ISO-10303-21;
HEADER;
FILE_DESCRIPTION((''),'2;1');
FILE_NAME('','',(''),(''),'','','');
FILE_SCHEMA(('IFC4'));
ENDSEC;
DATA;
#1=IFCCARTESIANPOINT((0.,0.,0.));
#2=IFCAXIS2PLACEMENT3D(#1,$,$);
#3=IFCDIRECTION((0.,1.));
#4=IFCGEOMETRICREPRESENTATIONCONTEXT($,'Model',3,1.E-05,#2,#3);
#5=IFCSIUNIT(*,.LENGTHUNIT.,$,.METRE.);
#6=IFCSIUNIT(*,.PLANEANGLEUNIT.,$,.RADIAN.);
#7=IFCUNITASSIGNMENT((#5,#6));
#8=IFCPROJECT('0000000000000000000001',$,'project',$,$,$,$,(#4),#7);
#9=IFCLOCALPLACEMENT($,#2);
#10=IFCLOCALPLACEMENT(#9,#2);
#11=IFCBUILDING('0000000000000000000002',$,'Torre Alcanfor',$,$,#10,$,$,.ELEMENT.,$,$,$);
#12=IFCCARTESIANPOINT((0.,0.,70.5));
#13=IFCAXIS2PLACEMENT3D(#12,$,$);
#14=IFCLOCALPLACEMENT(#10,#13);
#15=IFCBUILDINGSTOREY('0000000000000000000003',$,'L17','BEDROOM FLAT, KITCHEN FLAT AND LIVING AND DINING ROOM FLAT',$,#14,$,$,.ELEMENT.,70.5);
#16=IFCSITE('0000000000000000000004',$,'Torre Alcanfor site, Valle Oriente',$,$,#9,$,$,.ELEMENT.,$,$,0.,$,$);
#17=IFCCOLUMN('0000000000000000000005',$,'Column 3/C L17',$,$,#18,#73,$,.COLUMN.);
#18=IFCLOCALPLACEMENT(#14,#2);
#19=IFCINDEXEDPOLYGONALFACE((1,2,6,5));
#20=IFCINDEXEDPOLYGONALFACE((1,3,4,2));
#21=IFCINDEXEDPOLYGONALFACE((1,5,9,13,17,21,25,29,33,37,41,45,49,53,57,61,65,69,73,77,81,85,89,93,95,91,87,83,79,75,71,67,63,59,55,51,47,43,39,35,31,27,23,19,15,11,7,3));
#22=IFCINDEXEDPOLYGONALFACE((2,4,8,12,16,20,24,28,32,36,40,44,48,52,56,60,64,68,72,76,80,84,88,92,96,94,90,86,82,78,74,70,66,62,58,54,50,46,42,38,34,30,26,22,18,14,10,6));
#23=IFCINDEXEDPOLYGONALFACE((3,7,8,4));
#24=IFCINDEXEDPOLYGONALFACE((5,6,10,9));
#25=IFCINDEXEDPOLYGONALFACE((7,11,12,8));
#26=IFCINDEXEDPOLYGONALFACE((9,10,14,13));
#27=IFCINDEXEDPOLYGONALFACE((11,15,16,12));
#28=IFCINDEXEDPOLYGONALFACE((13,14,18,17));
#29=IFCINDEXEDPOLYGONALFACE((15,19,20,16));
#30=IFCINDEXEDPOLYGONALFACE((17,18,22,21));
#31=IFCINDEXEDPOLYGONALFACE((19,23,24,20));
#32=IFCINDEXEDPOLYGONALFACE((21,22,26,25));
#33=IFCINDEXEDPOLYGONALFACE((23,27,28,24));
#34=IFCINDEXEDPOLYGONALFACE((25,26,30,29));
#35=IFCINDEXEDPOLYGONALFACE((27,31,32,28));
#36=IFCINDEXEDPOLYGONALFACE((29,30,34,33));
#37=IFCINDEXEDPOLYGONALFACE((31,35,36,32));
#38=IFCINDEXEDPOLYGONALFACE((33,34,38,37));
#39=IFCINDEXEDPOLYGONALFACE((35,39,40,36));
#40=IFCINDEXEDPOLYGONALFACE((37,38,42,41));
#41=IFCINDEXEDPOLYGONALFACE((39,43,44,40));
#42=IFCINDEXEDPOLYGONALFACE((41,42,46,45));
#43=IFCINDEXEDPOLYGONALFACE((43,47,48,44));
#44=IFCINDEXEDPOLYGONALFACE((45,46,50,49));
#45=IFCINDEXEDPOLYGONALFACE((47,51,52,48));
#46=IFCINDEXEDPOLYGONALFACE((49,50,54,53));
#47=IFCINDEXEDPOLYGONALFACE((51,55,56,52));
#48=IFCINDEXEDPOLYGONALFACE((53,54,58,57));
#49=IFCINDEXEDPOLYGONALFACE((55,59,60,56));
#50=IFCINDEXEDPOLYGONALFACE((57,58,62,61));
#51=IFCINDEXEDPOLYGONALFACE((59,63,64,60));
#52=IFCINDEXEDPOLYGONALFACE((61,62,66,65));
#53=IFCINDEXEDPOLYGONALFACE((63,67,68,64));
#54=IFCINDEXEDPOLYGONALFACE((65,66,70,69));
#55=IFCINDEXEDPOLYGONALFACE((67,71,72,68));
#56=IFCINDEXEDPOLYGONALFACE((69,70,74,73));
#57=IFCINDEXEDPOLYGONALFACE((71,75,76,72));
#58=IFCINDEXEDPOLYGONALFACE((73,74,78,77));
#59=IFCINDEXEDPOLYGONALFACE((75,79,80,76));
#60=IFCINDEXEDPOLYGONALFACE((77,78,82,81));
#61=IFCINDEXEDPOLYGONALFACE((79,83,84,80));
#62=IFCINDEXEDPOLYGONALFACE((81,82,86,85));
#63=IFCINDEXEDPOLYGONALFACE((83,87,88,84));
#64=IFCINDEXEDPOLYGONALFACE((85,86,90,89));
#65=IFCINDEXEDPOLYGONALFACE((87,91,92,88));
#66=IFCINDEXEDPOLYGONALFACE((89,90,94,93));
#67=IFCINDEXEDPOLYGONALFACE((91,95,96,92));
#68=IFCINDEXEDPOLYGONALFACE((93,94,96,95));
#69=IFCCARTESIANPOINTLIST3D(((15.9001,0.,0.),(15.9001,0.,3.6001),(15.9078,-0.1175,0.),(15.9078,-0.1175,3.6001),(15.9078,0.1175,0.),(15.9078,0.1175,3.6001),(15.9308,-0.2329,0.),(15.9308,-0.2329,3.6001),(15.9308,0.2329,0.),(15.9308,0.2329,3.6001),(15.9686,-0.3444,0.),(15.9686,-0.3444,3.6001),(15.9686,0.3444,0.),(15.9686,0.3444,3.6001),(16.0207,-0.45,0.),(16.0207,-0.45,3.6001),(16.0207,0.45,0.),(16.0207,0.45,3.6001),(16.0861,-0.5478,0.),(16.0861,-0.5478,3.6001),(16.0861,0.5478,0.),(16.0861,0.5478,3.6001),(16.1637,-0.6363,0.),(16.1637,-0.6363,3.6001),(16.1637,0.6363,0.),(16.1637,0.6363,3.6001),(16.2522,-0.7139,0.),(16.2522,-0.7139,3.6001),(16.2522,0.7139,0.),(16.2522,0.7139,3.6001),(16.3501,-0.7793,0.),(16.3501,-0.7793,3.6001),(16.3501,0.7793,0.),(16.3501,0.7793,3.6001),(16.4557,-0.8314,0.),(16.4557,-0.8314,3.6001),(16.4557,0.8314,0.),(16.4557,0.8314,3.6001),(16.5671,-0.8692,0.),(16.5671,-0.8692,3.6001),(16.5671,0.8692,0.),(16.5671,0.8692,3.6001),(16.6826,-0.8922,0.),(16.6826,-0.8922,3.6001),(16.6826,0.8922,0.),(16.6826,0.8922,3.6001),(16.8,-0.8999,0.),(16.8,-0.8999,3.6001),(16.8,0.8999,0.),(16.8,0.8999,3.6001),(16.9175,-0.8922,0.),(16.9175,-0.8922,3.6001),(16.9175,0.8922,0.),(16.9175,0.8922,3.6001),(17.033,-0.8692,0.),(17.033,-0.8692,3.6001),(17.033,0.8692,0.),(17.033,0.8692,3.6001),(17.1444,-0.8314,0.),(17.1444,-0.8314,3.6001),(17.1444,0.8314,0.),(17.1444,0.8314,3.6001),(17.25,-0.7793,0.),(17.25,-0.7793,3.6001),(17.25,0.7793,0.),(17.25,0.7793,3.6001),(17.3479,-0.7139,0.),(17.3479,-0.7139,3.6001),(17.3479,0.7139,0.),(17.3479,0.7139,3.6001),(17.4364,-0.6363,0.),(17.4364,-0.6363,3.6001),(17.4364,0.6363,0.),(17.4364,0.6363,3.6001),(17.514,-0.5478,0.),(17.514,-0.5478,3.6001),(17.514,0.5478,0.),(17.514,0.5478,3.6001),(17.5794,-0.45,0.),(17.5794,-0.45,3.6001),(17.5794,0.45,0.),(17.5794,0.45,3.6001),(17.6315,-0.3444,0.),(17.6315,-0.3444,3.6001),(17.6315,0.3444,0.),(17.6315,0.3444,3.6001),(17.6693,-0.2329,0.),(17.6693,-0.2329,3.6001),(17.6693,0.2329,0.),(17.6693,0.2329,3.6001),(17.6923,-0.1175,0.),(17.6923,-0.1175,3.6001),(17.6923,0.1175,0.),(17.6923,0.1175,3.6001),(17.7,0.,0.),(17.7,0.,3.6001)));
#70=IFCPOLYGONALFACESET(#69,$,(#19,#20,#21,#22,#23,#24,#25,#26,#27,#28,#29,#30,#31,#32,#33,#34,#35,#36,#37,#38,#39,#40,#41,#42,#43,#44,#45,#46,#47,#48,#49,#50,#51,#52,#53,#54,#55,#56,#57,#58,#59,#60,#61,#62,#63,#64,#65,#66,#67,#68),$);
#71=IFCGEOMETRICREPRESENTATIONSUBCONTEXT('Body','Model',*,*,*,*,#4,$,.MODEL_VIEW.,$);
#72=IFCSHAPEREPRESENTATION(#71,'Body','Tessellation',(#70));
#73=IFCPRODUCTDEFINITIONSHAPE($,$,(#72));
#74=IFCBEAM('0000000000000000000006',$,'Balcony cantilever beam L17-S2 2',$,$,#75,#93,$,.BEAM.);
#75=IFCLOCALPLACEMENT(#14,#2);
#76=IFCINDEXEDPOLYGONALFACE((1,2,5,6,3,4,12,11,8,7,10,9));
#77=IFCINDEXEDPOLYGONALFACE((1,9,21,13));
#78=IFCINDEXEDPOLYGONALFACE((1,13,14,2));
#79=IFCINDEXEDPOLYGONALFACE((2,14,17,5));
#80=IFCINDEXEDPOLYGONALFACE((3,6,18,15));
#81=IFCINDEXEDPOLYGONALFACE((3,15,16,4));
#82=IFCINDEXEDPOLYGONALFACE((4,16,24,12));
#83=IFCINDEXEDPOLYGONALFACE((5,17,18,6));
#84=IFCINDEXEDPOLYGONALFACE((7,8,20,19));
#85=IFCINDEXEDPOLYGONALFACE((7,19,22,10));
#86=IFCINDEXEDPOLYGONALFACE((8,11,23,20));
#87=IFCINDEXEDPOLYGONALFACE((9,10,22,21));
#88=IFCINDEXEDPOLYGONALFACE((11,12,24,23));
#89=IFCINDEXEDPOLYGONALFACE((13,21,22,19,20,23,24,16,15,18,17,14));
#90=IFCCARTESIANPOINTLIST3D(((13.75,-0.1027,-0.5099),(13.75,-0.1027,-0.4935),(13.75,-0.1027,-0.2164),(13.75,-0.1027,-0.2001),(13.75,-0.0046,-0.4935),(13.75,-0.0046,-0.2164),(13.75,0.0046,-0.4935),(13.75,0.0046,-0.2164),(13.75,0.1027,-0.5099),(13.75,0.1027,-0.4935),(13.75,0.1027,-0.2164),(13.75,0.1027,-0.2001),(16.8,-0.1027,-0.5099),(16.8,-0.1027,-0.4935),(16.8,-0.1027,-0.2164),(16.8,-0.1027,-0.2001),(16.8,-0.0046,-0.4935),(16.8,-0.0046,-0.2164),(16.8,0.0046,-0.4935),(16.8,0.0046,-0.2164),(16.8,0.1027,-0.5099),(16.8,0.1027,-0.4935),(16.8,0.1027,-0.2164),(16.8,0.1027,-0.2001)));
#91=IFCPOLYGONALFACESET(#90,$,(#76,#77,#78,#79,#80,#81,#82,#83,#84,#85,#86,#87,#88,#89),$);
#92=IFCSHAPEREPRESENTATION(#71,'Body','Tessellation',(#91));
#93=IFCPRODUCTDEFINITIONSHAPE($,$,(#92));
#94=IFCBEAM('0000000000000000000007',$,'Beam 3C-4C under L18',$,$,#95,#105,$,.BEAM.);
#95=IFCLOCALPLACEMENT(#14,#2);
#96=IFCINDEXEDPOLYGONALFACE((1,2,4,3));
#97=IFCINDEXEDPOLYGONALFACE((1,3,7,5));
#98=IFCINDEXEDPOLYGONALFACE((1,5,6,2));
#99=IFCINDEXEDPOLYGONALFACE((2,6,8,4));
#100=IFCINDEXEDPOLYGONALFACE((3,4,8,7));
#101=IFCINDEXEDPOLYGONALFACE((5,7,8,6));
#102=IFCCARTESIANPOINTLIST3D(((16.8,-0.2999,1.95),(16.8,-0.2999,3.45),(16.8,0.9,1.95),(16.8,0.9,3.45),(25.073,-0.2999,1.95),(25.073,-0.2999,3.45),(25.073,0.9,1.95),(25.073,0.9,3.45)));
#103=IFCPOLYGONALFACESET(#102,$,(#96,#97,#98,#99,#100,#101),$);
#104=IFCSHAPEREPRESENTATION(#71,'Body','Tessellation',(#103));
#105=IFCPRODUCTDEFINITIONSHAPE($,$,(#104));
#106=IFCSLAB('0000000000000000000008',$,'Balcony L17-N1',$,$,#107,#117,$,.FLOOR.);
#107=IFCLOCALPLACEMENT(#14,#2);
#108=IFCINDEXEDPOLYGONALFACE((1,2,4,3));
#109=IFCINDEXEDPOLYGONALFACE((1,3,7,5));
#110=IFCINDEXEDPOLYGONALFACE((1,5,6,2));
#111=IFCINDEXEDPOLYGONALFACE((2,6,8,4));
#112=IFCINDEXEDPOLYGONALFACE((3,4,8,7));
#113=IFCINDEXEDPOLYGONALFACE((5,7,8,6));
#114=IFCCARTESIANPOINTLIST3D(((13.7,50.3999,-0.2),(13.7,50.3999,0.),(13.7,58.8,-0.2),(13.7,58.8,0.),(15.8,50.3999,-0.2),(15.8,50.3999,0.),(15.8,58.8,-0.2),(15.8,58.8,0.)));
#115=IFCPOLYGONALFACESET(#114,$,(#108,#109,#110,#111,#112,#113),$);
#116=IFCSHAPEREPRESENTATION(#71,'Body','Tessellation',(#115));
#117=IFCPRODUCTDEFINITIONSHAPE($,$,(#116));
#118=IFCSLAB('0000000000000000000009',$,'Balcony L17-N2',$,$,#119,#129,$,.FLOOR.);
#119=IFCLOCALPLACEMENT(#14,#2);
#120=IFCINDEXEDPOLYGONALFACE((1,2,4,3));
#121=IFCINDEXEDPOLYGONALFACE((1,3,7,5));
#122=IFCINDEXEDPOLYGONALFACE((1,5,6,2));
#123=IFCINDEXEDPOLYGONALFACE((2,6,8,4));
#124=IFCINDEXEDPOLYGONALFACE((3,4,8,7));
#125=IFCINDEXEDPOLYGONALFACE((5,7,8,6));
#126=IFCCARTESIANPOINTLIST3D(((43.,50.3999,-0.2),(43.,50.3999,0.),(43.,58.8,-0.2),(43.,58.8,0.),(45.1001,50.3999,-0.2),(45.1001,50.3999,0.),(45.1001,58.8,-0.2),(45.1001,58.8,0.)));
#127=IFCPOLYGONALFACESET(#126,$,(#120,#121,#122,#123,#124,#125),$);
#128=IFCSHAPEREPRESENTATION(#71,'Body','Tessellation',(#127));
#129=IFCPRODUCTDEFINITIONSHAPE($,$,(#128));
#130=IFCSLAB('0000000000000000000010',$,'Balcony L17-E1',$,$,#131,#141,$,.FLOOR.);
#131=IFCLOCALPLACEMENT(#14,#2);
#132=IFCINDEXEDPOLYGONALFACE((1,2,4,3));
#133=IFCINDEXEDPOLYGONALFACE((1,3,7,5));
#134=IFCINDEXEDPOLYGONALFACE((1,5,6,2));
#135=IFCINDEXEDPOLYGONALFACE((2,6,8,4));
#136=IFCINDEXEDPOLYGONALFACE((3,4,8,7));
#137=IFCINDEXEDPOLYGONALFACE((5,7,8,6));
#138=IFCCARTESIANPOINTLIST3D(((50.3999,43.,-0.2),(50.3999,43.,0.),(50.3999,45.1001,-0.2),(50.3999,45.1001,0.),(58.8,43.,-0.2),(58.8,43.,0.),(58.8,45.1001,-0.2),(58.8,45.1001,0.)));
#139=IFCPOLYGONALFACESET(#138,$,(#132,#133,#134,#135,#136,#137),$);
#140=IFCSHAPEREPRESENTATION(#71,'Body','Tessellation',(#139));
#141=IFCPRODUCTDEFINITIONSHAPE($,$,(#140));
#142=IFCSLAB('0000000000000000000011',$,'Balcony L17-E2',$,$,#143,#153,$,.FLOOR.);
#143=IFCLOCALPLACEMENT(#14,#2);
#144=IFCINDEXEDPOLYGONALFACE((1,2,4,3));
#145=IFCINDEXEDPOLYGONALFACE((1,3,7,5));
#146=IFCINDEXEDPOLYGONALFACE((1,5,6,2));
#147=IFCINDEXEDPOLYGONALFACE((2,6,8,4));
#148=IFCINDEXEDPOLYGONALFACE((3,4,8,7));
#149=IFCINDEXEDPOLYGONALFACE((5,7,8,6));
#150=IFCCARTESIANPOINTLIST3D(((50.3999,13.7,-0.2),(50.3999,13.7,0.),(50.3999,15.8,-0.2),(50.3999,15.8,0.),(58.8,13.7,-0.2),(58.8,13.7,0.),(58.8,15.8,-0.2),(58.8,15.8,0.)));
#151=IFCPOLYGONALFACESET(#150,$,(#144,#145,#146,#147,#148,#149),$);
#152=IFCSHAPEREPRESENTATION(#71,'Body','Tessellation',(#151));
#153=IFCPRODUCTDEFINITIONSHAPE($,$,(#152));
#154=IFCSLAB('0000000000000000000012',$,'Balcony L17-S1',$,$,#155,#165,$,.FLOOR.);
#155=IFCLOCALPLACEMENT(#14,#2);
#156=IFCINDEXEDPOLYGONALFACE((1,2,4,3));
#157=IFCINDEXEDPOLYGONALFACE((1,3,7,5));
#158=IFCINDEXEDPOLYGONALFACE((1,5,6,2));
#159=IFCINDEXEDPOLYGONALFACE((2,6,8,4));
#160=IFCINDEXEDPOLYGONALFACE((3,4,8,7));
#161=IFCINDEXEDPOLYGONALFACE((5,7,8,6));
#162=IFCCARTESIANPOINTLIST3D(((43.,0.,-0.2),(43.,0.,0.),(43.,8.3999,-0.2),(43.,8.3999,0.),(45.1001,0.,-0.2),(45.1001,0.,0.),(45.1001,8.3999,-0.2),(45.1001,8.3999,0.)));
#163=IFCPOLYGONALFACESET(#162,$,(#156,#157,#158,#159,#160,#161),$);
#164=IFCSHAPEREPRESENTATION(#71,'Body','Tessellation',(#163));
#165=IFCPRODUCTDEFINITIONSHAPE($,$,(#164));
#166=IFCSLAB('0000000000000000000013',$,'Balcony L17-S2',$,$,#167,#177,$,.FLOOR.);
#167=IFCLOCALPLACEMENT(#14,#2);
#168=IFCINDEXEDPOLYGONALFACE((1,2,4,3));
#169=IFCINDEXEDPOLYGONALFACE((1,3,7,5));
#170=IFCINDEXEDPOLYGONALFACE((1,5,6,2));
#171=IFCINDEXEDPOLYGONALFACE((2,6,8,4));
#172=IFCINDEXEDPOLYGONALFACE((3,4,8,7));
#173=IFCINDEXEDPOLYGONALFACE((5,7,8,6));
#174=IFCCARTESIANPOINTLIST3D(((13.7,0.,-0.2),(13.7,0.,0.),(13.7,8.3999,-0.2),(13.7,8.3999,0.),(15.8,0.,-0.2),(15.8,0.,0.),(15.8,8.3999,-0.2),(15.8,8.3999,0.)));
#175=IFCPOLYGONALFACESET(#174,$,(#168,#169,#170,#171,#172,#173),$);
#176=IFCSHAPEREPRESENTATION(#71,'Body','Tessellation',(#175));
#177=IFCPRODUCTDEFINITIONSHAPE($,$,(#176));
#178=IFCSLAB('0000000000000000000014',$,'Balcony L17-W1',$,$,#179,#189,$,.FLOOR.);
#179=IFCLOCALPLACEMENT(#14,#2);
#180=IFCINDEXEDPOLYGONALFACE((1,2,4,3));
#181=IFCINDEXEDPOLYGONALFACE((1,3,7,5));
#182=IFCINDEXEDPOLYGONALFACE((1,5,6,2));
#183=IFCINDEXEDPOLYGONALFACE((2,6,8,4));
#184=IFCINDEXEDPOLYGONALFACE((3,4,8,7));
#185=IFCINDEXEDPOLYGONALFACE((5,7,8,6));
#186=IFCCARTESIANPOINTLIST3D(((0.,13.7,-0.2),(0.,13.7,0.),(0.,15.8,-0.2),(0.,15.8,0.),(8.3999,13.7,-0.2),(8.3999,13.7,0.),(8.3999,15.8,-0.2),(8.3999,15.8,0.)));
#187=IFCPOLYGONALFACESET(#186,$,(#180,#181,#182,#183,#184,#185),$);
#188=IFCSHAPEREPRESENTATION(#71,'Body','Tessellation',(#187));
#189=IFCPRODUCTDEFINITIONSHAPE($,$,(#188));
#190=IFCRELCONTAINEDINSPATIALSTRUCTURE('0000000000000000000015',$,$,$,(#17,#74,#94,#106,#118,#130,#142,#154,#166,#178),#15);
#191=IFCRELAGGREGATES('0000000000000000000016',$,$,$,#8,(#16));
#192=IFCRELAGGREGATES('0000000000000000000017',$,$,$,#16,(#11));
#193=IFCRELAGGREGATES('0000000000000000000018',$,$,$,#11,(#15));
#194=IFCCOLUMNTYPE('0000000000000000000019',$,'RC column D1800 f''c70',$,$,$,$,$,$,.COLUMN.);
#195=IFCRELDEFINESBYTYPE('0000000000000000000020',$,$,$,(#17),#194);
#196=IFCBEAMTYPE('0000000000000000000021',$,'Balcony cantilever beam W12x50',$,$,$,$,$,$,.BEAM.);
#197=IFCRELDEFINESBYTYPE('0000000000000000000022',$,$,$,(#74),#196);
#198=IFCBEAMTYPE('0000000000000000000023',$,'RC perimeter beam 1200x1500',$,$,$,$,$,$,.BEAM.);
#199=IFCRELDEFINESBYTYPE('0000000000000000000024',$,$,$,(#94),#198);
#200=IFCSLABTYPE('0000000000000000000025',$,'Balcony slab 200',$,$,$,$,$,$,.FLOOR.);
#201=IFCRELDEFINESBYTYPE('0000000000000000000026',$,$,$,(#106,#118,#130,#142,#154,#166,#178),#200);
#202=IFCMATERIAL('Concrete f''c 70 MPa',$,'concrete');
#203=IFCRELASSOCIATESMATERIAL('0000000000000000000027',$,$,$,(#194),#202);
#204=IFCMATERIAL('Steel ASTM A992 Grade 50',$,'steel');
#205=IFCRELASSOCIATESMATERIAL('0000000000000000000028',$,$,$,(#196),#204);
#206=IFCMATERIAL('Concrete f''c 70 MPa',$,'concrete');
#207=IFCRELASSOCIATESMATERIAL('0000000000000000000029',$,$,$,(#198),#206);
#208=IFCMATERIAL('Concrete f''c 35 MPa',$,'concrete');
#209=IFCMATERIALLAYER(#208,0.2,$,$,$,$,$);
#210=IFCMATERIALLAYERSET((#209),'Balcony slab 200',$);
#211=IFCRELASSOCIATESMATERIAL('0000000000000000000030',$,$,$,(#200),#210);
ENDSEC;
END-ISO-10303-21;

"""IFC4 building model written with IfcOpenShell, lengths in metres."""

from ifc_helpers import new_model, si_unit, direction, frame, origin, origin_2d, place, context, subcontext, project, spatial, polyline, rectangle, circle, i_section, outline, extrude, material, layer, layer_set, material_profile, profile_set, type_object, element, save


model = new_model("IFC4")

# Units and contexts
model_context = context("Model", 3, precision=1e-05, world=origin(), true_north=direction((0.0, 1.0)))
body_context = subcontext(model_context, "Body", "Model", "MODEL_VIEW")
ifc_project = project(units=[si_unit("LENGTHUNIT", "METRE"), si_unit("PLANEANGLEUNIT", "RADIAN")], contexts=[model_context])

# Site, building, storey
site_placement = place(None, origin())
site = spatial("IfcSite", under=ifc_project, at=site_placement, Name="Torre Alcanfor site, Valle Oriente", CompositionType="ELEMENT", RefElevation=0.0)
building_placement = place(site_placement, origin())
building = spatial("IfcBuilding", under=site, at=building_placement, Name="Torre Alcanfor", CompositionType="ELEMENT")
storey_placement = place(building_placement, frame((0.0, 0.0, 70.5)))
storey = spatial("IfcBuildingStorey", under=building, at=storey_placement, Name="L17", Description="BEDROOM FLAT, KITCHEN FLAT AND LIVING AND DINING ROOM FLAT", CompositionType="ELEMENT", Elevation=70.5)

# Column
ifc_material_1 = material(Name="Concrete f'c 70 MPa", Category="concrete")
ifc_material_profile_1 = material_profile(ifc_material_1, circle(Radius=0.8999, at=origin_2d()), Name="D1800")
ifc_profile_set_1 = profile_set([ifc_material_profile_1], Name="Concrete f'c 70 MPa")
column_type = type_object("IfcColumnType", Name="RC column D1800 f'c70", PredefinedType="COLUMN", material=ifc_profile_set_1)
column_placement = place(storey_placement, frame((16.8, 0.0, 0.0), z_axis=(0.0, 0.0, 1.0), x_axis=(1.0, 0.0, 0.0)))
element("IfcColumn", 1, at=column_placement, inside=storey, type_object=column_type, Name="Column 3/C L17", PredefinedType="COLUMN", context=body_context, shape_type="SweptSolid", body=[
    extrude(circle(Radius=0.8999, at=origin_2d()), origin(), (0.0, 0.0, 1.0), 3.6001),
])

# Beams
ifc_material_2 = material(Name="Steel ASTM A992 Grade 50", Category="steel")
ifc_material_profile_2 = material_profile(ifc_material_2, i_section(OverallWidth=0.2053, OverallDepth=0.3098, WebThickness=0.0093, FlangeThickness=0.0164, at=origin_2d()), Name="W12x50")
ifc_profile_set_2 = profile_set([ifc_material_profile_2], Name="Steel ASTM A992 Grade 50")
beam_type_1 = type_object("IfcBeamType", Name="Balcony cantilever beam W12x50", PredefinedType="BEAM", material=ifc_profile_set_2)
beam_1_placement = place(storey_placement, frame((16.8, 0.0, -0.355), z_axis=(-1.0, 0.0, 0.0), x_axis=(0.0, -1.0, 0.0)))
element("IfcBeam", 2, at=beam_1_placement, inside=storey, type_object=beam_type_1, Name="Balcony cantilever beam L17-S2 2", PredefinedType="BEAM", context=body_context, shape_type="SweptSolid", body=[
    extrude(i_section(OverallWidth=0.2053, OverallDepth=0.3098, WebThickness=0.0093, FlangeThickness=0.0164, at=origin_2d()), origin(), (0.0, 0.0, 1.0), 3.05),
])
ifc_material_3 = material(Name="Concrete f'c 70 MPa", Category="concrete")
ifc_material_profile_3 = material_profile(ifc_material_3, rectangle(XDim=1.2, YDim=1.5, at=origin_2d()), Name="1200x1500")
ifc_profile_set_3 = profile_set([ifc_material_profile_3], Name="Concrete f'c 70 MPa")
beam_type_2 = type_object("IfcBeamType", Name="RC perimeter beam 1200x1500", PredefinedType="BEAM", material=ifc_profile_set_3)
beam_2_placement = place(storey_placement, frame((16.8, 0.3, 2.7), z_axis=(1.0, 0.0, 0.0), x_axis=(0.0, 1.0, 0.0)))
element("IfcBeam", 3, at=beam_2_placement, inside=storey, type_object=beam_type_2, Name="Beam 3C-4C under L18", PredefinedType="BEAM", context=body_context, shape_type="SweptSolid", body=[
    extrude(rectangle(XDim=1.2, YDim=1.5, at=origin_2d()), origin(), (0.0, 0.0, 1.0), 8.2729),
])

# Slabs
ifc_material_4 = material(Name="Concrete f'c 35 MPa", Category="concrete")
ifc_layer_1 = layer(ifc_material_4, 0.2)
ifc_layer_set_1 = layer_set([ifc_layer_1], Name="Balcony slab 200")
slab_type_1 = type_object("IfcSlabType", Name="Balcony slab 200", PredefinedType="FLOOR", material=ifc_layer_set_1)
slab_1_placement = place(storey_placement, frame((0.0, 0.0, -0.2)))
element("IfcSlab", 4, at=slab_1_placement, inside=storey, type_object=slab_type_1, Name="Balcony L17-N1", PredefinedType="FLOOR", context=body_context, shape_type="SweptSolid", body=[
    extrude(outline(polyline([(15.8, 50.3999), (15.8, 58.8), (13.7, 58.8), (13.7, 50.3999), (15.8, 50.3999)])), origin(), (0.0, 0.0, 1.0), 0.2),
])
slab_2_placement = place(storey_placement, frame((0.0, 0.0, -0.2)))
element("IfcSlab", 5, at=slab_2_placement, inside=storey, type_object=slab_type_1, Name="Balcony L17-N2", PredefinedType="FLOOR", context=body_context, shape_type="SweptSolid", body=[
    extrude(outline(polyline([(45.1001, 50.3999), (45.1001, 58.8), (43.0, 58.8), (43.0, 50.3999), (45.1001, 50.3999)])), origin(), (0.0, 0.0, 1.0), 0.2),
])
slab_3_placement = place(storey_placement, frame((0.0, 0.0, -0.2)))
element("IfcSlab", 6, at=slab_3_placement, inside=storey, type_object=slab_type_1, Name="Balcony L17-E1", PredefinedType="FLOOR", context=body_context, shape_type="SweptSolid", body=[
    extrude(outline(polyline([(50.3999, 43.0), (58.8, 43.0), (58.8, 45.1001), (50.3999, 45.1001), (50.3999, 43.0)])), origin(), (0.0, 0.0, 1.0), 0.2),
])
slab_4_placement = place(storey_placement, frame((0.0, 0.0, -0.2)))
element("IfcSlab", 7, at=slab_4_placement, inside=storey, type_object=slab_type_1, Name="Balcony L17-E2", PredefinedType="FLOOR", context=body_context, shape_type="SweptSolid", body=[
    extrude(outline(polyline([(50.3999, 13.7), (58.8, 13.7), (58.8, 15.8), (50.3999, 15.8), (50.3999, 13.7)])), origin(), (0.0, 0.0, 1.0), 0.2),
])
slab_5_placement = place(storey_placement, frame((0.0, 0.0, -0.2)))
element("IfcSlab", 8, at=slab_5_placement, inside=storey, type_object=slab_type_1, Name="Balcony L17-S1", PredefinedType="FLOOR", context=body_context, shape_type="SweptSolid", body=[
    extrude(outline(polyline([(43.0, 8.3999), (43.0, 0.0), (45.1001, 0.0), (45.1001, 8.3999), (43.0, 8.3999)])), origin(), (0.0, 0.0, 1.0), 0.2),
])
slab_6_placement = place(storey_placement, frame((0.0, 0.0, -0.2)))
element("IfcSlab", 9, at=slab_6_placement, inside=storey, type_object=slab_type_1, Name="Balcony L17-S2", PredefinedType="FLOOR", context=body_context, shape_type="SweptSolid", body=[
    extrude(outline(polyline([(13.7, 8.3999), (13.7, 0.0), (15.8, 0.0), (15.8, 8.3999), (13.7, 8.3999)])), origin(), (0.0, 0.0, 1.0), 0.2),
])
slab_7_placement = place(storey_placement, frame((0.0, 0.0, -0.2)))
element("IfcSlab", 10, at=slab_7_placement, inside=storey, type_object=slab_type_1, Name="Balcony L17-W1", PredefinedType="FLOOR", context=body_context, shape_type="SweptSolid", body=[
    extrude(outline(polyline([(8.3999, 15.8), (0.0, 15.8), (0.0, 13.7), (8.3999, 13.7), (8.3999, 15.8)])), origin(), (0.0, 0.0, 1.0), 0.2),
])

save(model, "model.ifc")
